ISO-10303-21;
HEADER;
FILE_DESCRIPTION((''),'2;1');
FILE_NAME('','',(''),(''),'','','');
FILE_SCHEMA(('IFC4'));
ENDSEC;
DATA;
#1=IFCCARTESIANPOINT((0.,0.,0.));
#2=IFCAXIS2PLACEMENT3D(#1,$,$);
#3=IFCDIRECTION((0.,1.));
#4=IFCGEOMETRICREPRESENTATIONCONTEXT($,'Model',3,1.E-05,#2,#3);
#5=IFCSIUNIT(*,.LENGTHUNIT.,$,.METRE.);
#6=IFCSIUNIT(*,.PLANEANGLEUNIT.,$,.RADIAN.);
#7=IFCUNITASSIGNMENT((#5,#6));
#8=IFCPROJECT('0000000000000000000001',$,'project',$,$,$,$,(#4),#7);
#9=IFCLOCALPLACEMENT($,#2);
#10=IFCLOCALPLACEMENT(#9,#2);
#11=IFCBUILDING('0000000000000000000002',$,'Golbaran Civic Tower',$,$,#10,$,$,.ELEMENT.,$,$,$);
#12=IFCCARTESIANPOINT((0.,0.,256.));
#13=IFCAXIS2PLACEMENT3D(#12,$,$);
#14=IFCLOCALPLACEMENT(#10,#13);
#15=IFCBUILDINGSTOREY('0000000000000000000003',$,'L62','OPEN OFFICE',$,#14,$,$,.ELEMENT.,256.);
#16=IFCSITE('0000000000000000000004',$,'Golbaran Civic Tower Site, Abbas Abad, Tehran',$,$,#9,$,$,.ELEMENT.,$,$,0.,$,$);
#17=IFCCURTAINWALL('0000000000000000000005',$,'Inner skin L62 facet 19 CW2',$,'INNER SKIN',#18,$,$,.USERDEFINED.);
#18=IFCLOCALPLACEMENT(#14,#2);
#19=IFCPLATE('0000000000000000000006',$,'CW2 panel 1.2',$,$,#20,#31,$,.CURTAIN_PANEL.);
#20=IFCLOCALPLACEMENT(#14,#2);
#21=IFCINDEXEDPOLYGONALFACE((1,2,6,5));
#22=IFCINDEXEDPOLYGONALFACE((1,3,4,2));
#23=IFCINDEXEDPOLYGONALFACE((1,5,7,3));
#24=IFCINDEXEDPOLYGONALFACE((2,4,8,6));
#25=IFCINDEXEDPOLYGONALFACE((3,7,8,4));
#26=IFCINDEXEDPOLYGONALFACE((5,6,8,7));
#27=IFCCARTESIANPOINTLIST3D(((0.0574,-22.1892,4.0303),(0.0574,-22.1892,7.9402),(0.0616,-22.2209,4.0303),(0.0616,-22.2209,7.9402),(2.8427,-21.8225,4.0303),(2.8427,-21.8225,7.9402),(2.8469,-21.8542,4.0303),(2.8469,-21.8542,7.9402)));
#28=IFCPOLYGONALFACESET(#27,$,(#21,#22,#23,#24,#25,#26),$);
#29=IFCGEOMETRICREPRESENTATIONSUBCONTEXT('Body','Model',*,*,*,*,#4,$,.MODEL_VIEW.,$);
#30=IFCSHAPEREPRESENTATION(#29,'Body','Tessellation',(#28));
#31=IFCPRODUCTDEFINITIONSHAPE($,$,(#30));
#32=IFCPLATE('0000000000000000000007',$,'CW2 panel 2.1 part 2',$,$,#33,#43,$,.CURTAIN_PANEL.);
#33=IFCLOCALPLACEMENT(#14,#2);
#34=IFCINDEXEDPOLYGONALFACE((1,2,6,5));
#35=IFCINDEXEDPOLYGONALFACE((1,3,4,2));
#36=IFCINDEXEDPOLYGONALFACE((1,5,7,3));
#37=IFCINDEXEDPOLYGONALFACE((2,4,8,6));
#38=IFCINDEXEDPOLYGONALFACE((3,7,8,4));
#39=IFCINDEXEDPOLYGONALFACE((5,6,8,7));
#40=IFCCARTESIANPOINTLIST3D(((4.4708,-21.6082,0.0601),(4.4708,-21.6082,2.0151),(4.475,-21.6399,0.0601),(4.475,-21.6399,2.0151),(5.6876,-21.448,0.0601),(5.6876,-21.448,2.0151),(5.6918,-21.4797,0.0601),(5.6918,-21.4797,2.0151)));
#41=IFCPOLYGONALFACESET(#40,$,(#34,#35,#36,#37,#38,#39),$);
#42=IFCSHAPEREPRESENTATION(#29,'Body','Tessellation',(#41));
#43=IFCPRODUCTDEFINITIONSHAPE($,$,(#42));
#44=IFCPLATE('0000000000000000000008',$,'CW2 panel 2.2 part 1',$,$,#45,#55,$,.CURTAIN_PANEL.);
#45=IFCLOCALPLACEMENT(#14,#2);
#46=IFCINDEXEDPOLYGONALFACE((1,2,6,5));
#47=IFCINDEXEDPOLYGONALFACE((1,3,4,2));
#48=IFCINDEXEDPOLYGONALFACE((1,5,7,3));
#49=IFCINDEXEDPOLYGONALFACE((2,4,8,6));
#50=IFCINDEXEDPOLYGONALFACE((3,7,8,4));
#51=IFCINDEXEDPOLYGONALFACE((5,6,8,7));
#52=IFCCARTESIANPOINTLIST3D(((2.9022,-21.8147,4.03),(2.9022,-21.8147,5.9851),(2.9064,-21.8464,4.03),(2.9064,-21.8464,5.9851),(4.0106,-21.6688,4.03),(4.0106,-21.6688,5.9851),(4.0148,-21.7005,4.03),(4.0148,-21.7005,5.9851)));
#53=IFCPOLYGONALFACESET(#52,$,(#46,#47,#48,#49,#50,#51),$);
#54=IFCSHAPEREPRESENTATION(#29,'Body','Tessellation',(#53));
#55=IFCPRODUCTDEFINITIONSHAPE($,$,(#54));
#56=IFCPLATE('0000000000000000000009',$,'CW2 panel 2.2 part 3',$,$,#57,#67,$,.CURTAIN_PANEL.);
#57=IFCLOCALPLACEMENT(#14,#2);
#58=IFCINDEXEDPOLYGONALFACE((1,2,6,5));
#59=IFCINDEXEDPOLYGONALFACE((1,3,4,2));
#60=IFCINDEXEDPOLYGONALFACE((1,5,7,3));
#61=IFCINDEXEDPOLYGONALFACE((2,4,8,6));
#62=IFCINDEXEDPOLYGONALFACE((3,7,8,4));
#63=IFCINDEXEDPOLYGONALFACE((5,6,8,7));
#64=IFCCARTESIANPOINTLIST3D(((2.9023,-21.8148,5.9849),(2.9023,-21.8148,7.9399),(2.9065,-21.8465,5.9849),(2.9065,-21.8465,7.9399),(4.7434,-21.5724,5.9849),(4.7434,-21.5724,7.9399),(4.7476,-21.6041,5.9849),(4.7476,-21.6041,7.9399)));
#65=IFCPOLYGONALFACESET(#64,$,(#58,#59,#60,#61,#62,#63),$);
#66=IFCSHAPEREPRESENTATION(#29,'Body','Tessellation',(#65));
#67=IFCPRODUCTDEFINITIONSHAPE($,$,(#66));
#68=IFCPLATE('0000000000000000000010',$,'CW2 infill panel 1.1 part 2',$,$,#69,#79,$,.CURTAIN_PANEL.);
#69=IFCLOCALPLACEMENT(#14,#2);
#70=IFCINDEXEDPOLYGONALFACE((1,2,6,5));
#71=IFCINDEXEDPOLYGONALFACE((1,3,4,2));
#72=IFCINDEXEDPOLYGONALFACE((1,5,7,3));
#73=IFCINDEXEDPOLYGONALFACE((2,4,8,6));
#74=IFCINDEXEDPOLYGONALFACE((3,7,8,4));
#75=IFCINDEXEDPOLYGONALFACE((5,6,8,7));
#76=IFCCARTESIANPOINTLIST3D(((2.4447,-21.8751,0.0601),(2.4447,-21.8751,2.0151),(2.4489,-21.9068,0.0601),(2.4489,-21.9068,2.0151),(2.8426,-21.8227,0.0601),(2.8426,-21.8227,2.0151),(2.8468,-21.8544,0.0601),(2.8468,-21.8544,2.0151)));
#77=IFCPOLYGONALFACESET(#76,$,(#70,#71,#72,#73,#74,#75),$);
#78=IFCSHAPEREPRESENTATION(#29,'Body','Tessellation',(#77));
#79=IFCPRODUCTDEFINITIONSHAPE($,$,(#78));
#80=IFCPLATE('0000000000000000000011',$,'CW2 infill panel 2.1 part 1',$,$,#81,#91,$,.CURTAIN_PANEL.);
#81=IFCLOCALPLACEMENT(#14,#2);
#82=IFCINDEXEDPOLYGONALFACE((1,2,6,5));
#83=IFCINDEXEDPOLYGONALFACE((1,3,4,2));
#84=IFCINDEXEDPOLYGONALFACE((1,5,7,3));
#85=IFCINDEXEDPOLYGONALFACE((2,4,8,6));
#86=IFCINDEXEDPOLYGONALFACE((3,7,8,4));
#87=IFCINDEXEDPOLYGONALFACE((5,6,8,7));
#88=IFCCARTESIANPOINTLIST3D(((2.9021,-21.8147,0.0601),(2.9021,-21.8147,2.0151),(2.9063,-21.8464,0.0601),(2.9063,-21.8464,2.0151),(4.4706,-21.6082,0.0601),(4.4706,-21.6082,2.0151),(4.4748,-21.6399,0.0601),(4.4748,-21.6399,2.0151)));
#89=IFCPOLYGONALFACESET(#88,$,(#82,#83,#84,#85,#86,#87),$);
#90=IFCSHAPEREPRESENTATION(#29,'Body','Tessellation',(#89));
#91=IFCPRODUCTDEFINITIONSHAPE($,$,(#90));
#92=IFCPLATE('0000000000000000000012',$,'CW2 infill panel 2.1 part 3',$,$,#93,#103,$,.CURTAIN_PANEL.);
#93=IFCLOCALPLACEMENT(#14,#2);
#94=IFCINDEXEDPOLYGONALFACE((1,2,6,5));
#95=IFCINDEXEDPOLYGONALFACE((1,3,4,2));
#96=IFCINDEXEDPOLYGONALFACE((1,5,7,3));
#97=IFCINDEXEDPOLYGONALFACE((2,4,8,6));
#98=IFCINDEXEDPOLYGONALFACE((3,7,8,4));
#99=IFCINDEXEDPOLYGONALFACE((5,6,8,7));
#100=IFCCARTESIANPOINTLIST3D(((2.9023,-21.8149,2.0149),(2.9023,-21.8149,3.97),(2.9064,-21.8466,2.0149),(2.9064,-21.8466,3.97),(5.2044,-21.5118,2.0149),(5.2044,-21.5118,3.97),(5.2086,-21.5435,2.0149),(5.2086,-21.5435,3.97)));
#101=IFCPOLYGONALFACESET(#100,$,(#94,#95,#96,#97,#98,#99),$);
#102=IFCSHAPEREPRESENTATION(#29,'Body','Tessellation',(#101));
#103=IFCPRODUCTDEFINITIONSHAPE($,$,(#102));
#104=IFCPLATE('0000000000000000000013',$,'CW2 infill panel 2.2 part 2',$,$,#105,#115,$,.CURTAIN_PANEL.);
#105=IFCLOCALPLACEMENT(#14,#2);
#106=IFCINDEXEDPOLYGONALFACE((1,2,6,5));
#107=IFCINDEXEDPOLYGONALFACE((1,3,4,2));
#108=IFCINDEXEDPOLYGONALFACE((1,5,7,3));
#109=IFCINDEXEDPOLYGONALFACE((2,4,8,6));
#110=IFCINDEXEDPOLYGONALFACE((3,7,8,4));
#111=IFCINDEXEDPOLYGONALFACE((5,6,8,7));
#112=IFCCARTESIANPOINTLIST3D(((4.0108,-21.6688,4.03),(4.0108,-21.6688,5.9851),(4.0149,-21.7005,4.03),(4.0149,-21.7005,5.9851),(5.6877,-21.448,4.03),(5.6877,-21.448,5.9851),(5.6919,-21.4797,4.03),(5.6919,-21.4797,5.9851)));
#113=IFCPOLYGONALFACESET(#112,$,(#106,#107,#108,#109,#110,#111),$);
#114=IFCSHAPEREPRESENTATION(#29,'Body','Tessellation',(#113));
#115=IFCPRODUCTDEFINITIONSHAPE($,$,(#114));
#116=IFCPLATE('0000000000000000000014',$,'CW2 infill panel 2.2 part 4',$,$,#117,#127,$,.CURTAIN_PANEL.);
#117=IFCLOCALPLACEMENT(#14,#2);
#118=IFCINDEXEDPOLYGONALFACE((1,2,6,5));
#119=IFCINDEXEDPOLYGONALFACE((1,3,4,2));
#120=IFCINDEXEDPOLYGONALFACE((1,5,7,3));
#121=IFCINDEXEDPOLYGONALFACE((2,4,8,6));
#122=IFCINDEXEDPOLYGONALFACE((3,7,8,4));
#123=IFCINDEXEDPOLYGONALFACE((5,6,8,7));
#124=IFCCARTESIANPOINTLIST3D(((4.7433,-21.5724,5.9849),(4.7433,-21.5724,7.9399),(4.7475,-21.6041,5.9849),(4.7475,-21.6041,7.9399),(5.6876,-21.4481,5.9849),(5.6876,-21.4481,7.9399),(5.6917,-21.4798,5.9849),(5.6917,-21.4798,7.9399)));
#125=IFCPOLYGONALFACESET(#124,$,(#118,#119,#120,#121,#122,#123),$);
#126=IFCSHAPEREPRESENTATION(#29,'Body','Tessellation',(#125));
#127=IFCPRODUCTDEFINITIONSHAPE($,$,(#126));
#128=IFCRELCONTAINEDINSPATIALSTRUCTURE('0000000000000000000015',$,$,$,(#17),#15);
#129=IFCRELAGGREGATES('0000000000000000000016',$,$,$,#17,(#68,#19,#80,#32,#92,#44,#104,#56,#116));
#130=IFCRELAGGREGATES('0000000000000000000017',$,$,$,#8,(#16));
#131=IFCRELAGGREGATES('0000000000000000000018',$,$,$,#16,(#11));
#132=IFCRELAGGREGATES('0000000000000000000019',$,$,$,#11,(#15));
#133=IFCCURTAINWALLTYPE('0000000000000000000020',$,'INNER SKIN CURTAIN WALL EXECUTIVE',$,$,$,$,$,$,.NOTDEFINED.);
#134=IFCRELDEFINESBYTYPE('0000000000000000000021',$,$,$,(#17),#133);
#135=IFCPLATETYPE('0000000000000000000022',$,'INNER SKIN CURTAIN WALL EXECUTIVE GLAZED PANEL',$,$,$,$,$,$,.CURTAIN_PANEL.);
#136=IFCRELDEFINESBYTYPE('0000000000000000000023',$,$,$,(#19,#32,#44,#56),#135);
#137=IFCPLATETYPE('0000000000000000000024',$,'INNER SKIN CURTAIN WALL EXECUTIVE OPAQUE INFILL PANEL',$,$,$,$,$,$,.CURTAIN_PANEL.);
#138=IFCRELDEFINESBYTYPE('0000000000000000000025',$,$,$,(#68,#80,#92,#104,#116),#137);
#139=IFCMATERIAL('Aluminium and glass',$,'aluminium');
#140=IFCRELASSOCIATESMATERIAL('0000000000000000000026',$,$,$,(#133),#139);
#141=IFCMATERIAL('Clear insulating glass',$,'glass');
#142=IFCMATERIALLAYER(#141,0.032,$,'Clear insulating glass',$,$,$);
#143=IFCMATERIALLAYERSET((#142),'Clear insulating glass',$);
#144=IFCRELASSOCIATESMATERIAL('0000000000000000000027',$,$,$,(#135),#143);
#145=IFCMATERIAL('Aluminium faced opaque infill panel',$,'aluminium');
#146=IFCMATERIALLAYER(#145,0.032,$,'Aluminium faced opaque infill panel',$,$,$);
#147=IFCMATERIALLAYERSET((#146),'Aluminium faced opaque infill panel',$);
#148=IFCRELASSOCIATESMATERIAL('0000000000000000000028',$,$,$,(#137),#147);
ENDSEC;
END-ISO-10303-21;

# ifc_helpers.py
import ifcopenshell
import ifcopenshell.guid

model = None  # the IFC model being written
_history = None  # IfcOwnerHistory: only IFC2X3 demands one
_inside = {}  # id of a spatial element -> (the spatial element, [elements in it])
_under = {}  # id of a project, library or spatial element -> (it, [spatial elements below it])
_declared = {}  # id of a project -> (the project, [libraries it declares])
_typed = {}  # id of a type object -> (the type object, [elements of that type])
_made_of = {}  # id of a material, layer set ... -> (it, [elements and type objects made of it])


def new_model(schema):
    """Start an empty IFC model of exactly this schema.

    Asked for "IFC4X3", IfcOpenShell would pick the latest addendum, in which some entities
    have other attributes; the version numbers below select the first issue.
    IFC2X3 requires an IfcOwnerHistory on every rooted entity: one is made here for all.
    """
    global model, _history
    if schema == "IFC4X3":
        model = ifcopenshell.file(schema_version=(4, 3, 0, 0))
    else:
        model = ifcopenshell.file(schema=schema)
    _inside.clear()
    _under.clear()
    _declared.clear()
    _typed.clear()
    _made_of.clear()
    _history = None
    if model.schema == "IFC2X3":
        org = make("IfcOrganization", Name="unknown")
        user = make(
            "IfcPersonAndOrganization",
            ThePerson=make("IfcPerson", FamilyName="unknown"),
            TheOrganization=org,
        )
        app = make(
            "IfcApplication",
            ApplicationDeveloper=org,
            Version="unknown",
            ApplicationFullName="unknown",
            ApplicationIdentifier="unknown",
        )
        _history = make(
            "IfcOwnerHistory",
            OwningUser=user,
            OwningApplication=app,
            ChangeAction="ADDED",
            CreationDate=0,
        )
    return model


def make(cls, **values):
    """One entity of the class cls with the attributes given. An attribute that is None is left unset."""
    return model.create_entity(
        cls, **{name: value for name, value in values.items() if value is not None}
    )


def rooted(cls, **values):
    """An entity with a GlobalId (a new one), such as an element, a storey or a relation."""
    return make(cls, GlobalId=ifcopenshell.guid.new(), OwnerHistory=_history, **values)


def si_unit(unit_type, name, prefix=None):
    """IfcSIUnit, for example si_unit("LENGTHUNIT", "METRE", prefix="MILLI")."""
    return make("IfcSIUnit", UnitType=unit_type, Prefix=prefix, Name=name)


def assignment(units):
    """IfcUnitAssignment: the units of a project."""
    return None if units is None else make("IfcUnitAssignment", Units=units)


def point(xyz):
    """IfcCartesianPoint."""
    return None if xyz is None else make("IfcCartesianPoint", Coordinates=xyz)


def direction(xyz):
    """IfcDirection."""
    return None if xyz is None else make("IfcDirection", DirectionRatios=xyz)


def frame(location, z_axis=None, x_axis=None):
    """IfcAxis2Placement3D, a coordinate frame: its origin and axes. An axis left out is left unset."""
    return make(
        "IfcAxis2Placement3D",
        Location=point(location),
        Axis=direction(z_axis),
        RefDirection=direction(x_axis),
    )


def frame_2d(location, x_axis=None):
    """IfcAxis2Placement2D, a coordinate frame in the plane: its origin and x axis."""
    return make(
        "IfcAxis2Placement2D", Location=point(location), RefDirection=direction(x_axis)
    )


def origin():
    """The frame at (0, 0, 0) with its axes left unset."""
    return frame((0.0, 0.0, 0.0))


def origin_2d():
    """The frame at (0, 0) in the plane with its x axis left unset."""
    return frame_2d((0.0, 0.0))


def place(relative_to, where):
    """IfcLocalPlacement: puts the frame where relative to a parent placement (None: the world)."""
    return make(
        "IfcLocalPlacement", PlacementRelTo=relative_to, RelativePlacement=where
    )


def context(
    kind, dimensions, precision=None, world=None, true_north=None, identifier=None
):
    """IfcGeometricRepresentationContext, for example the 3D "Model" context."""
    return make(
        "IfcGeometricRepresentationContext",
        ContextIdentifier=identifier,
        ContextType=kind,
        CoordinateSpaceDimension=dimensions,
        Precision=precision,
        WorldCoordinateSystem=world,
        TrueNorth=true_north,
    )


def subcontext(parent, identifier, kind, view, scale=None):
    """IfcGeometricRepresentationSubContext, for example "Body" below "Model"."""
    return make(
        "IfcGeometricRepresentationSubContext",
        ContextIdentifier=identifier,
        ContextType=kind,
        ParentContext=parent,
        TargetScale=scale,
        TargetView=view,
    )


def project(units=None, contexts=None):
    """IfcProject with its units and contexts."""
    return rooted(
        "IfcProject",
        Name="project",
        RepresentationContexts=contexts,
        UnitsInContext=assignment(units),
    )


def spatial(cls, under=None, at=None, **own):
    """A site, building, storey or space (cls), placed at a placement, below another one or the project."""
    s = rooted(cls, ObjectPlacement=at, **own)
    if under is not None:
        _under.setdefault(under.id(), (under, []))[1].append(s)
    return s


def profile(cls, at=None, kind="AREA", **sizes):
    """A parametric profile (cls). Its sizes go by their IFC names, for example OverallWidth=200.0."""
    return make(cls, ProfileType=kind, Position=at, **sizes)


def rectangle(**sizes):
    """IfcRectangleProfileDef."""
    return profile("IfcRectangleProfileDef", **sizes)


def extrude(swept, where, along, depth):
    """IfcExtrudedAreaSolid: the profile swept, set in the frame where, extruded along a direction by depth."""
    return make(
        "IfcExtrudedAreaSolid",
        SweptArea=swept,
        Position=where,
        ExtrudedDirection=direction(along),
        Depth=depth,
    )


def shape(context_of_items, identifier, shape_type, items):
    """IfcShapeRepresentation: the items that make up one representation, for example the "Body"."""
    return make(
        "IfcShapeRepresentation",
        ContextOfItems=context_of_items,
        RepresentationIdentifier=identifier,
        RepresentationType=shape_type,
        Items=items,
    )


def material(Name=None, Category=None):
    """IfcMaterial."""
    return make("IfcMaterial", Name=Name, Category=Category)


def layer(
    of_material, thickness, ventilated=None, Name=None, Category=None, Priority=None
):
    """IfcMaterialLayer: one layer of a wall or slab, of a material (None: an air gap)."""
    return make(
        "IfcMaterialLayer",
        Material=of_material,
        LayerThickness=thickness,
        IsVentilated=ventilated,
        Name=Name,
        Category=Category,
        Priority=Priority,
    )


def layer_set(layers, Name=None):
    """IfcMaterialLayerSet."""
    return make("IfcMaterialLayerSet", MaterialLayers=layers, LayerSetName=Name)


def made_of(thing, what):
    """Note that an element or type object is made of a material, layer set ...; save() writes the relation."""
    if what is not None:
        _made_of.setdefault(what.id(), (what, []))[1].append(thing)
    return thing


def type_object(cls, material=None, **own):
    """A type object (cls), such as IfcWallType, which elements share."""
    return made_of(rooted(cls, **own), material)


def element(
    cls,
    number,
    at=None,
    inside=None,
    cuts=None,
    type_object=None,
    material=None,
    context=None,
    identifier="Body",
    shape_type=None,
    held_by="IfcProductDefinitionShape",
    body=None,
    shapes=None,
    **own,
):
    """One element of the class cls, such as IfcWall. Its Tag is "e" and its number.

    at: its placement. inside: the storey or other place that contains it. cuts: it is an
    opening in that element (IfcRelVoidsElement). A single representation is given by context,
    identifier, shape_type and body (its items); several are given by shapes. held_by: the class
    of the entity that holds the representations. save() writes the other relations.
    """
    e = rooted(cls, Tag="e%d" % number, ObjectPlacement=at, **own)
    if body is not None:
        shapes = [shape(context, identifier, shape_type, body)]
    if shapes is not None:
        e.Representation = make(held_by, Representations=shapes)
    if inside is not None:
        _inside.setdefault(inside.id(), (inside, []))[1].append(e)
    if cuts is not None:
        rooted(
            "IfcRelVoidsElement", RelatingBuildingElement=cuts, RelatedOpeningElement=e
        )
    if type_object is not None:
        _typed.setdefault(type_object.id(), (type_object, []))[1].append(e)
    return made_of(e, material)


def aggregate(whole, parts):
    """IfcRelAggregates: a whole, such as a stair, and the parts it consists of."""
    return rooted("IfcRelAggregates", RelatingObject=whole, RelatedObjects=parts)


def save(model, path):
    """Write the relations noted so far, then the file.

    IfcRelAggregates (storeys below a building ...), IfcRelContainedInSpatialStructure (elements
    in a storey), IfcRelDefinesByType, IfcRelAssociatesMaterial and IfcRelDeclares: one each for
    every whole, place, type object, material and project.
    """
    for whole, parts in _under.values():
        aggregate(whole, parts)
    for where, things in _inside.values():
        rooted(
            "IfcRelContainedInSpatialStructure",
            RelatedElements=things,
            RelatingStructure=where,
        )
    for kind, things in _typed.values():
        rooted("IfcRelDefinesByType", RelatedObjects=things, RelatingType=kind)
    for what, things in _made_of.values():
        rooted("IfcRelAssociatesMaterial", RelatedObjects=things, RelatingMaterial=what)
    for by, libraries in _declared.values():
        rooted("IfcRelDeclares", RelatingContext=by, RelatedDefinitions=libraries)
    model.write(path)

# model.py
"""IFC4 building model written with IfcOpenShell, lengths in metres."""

from ifc_helpers import new_model, si_unit, direction, frame, origin, origin_2d, place, context, subcontext, project, spatial, rectangle, extrude, material, layer, layer_set, type_object, element, aggregate, save


model = new_model("IFC4")

# Units and contexts
model_context = context("Model", 3, precision=1e-05, world=origin(), true_north=direction((0.0, 1.0)))
body_context = subcontext(model_context, "Body", "Model", "MODEL_VIEW")
ifc_project = project(units=[si_unit("LENGTHUNIT", "METRE"), si_unit("PLANEANGLEUNIT", "RADIAN")], contexts=[model_context])

# Site, building, storey
site_placement = place(None, origin())
site = spatial("IfcSite", under=ifc_project, at=site_placement, Name="Golbaran Civic Tower Site, Abbas Abad, Tehran", CompositionType="ELEMENT", RefElevation=0.0)
building_placement = place(site_placement, origin())
building = spatial("IfcBuilding", under=site, at=building_placement, Name="Golbaran Civic Tower", CompositionType="ELEMENT")
storey_placement = place(building_placement, frame((0.0, 0.0, 256.0)))
storey = spatial("IfcBuildingStorey", under=building, at=storey_placement, Name="L62", Description="OPEN OFFICE", CompositionType="ELEMENT", Elevation=256.0)

# Curtain wall, plates
ifc_material_1 = material(Name="Aluminium and glass", Category="aluminium")
curtain_wall_type = type_object("IfcCurtainWallType", Name="INNER SKIN CURTAIN WALL EXECUTIVE", PredefinedType="NOTDEFINED", material=ifc_material_1)
curtain_wall_placement = place(storey_placement, origin())
curtain_wall = element("IfcCurtainWall", 1, at=curtain_wall_placement, inside=storey, type_object=curtain_wall_type, Name="Inner skin L62 facet 19 CW2", ObjectType="INNER SKIN", PredefinedType="USERDEFINED")
ifc_material_2 = material(Name="Clear insulating glass", Category="glass")
ifc_layer_1 = layer(ifc_material_2, 0.032, Name="Clear insulating glass")
ifc_layer_set_1 = layer_set([ifc_layer_1], Name="Clear insulating glass")
plate_type_1 = type_object("IfcPlateType", Name="INNER SKIN CURTAIN WALL EXECUTIVE GLAZED PANEL", PredefinedType="CURTAIN_PANEL", material=ifc_layer_set_1)
plate_1_placement = place(storey_placement, frame((1.4521, -22.0217, 4.0303), z_axis=(0.0, 0.0, 1.0), x_axis=(0.991445, 0.130526, 0.0)))
plate_1 = element("IfcPlate", 2, at=plate_1_placement, type_object=plate_type_1, Name="CW2 panel 1.2", PredefinedType="CURTAIN_PANEL", context=body_context, shape_type="SweptSolid", body=[
    extrude(rectangle(XDim=2.8093, YDim=0.032, at=origin_2d()), origin(), (0.0, 0.0, 1.0), 3.9099),
])
plate_2_placement = place(storey_placement, frame((5.0813, -21.5439, 0.0601), z_axis=(0.0, 0.0, 1.0), x_axis=(0.991445, 0.130526, 0.0)))
plate_2 = element("IfcPlate", 3, at=plate_2_placement, type_object=plate_type_1, Name="CW2 panel 2.1 part 2", PredefinedType="CURTAIN_PANEL", context=body_context, shape_type="SweptSolid", body=[
    extrude(rectangle(XDim=1.2273, YDim=0.032, at=origin_2d()), origin(), (0.0, 0.0, 1.0), 1.9551),
])
plate_3_placement = place(storey_placement, frame((3.4585, -21.7576, 4.03), z_axis=(0.0, 0.0, 1.0), x_axis=(0.991445, 0.130526, 0.0)))
plate_3 = element("IfcPlate", 4, at=plate_3_placement, type_object=plate_type_1, Name="CW2 panel 2.2 part 1", PredefinedType="CURTAIN_PANEL", context=body_context, shape_type="SweptSolid", body=[
    extrude(rectangle(XDim=1.1179, YDim=0.032, at=origin_2d()), origin(), (0.0, 0.0, 1.0), 1.9551),
])
plate_4_placement = place(storey_placement, frame((3.825, -21.7095, 5.9849), z_axis=(0.0, 0.0, 1.0), x_axis=(0.991445, 0.130526, 0.0)))
plate_4 = element("IfcPlate", 5, at=plate_4_placement, type_object=plate_type_1, Name="CW2 panel 2.2 part 3", PredefinedType="CURTAIN_PANEL", context=body_context, shape_type="SweptSolid", body=[
    extrude(rectangle(XDim=1.8569, YDim=0.032, at=origin_2d()), origin(), (0.0, 0.0, 1.0), 1.9551),
])
ifc_material_3 = material(Name="Aluminium faced opaque infill panel", Category="aluminium")
ifc_layer_2 = layer(ifc_material_3, 0.032, Name="Aluminium faced opaque infill panel")
ifc_layer_set_2 = layer_set([ifc_layer_2], Name="Aluminium faced opaque infill panel")
plate_type_2 = type_object("IfcPlateType", Name="INNER SKIN CURTAIN WALL EXECUTIVE OPAQUE INFILL PANEL", PredefinedType="CURTAIN_PANEL", material=ifc_layer_set_2)
plate_5_placement = place(storey_placement, frame((2.6458, -21.8647, 0.0601), z_axis=(0.0, 0.0, 1.0), x_axis=(0.991445, 0.130526, 0.0)))
plate_5 = element("IfcPlate", 6, at=plate_5_placement, type_object=plate_type_2, Name="CW2 infill panel 1.1 part 2", PredefinedType="CURTAIN_PANEL", context=body_context, shape_type="SweptSolid", body=[
    extrude(rectangle(XDim=0.4014, YDim=0.032, at=origin_2d()), origin(), (0.0, 0.0, 1.0), 1.9551),
])
plate_6_placement = place(storey_placement, frame((3.6885, -21.7273, 0.0601), z_axis=(0.0, 0.0, 1.0), x_axis=(0.991445, 0.130526, 0.0)))
plate_6 = element("IfcPlate", 7, at=plate_6_placement, type_object=plate_type_2, Name="CW2 infill panel 2.1 part 1", PredefinedType="CURTAIN_PANEL", context=body_context, shape_type="SweptSolid", body=[
    extrude(rectangle(XDim=1.582, YDim=0.032, at=origin_2d()), origin(), (0.0, 0.0, 1.0), 1.9551),
])
plate_7_placement = place(storey_placement, frame((4.0554, -21.6792, 2.0149), z_axis=(0.0, 0.0, 1.0), x_axis=(0.991445, 0.130526, 0.0)))
plate_7 = element("IfcPlate", 8, at=plate_7_placement, type_object=plate_type_2, Name="CW2 infill panel 2.1 part 3", PredefinedType="CURTAIN_PANEL", context=body_context, shape_type="SweptSolid", body=[
    extrude(rectangle(XDim=2.322, YDim=0.032, at=origin_2d()), origin(), (0.0, 0.0, 1.0), 1.9551),
])
plate_8_placement = place(storey_placement, frame((4.8513, -21.5742, 4.03), z_axis=(0.0, 0.0, 1.0), x_axis=(0.991445, 0.130526, 0.0)))
plate_8 = element("IfcPlate", 9, at=plate_8_placement, type_object=plate_type_2, Name="CW2 infill panel 2.2 part 2", PredefinedType="CURTAIN_PANEL", context=body_context, shape_type="SweptSolid", body=[
    extrude(rectangle(XDim=1.6914, YDim=0.032, at=origin_2d()), origin(), (0.0, 0.0, 1.0), 1.9551),
])
plate_9_placement = place(storey_placement, frame((5.2175, -21.5261, 5.9849), z_axis=(0.0, 0.0, 1.0), x_axis=(0.991445, 0.130526, 0.0)))
plate_9 = element("IfcPlate", 10, at=plate_9_placement, type_object=plate_type_2, Name="CW2 infill panel 2.2 part 4", PredefinedType="CURTAIN_PANEL", context=body_context, shape_type="SweptSolid", body=[
    extrude(rectangle(XDim=0.9524, YDim=0.032, at=origin_2d()), origin(), (0.0, 0.0, 1.0), 1.9551),
])
aggregate(curtain_wall, [plate_5, plate_1, plate_6, plate_2, plate_7, plate_3, plate_8, plate_4, plate_9])

save(model, "model.ifc")
